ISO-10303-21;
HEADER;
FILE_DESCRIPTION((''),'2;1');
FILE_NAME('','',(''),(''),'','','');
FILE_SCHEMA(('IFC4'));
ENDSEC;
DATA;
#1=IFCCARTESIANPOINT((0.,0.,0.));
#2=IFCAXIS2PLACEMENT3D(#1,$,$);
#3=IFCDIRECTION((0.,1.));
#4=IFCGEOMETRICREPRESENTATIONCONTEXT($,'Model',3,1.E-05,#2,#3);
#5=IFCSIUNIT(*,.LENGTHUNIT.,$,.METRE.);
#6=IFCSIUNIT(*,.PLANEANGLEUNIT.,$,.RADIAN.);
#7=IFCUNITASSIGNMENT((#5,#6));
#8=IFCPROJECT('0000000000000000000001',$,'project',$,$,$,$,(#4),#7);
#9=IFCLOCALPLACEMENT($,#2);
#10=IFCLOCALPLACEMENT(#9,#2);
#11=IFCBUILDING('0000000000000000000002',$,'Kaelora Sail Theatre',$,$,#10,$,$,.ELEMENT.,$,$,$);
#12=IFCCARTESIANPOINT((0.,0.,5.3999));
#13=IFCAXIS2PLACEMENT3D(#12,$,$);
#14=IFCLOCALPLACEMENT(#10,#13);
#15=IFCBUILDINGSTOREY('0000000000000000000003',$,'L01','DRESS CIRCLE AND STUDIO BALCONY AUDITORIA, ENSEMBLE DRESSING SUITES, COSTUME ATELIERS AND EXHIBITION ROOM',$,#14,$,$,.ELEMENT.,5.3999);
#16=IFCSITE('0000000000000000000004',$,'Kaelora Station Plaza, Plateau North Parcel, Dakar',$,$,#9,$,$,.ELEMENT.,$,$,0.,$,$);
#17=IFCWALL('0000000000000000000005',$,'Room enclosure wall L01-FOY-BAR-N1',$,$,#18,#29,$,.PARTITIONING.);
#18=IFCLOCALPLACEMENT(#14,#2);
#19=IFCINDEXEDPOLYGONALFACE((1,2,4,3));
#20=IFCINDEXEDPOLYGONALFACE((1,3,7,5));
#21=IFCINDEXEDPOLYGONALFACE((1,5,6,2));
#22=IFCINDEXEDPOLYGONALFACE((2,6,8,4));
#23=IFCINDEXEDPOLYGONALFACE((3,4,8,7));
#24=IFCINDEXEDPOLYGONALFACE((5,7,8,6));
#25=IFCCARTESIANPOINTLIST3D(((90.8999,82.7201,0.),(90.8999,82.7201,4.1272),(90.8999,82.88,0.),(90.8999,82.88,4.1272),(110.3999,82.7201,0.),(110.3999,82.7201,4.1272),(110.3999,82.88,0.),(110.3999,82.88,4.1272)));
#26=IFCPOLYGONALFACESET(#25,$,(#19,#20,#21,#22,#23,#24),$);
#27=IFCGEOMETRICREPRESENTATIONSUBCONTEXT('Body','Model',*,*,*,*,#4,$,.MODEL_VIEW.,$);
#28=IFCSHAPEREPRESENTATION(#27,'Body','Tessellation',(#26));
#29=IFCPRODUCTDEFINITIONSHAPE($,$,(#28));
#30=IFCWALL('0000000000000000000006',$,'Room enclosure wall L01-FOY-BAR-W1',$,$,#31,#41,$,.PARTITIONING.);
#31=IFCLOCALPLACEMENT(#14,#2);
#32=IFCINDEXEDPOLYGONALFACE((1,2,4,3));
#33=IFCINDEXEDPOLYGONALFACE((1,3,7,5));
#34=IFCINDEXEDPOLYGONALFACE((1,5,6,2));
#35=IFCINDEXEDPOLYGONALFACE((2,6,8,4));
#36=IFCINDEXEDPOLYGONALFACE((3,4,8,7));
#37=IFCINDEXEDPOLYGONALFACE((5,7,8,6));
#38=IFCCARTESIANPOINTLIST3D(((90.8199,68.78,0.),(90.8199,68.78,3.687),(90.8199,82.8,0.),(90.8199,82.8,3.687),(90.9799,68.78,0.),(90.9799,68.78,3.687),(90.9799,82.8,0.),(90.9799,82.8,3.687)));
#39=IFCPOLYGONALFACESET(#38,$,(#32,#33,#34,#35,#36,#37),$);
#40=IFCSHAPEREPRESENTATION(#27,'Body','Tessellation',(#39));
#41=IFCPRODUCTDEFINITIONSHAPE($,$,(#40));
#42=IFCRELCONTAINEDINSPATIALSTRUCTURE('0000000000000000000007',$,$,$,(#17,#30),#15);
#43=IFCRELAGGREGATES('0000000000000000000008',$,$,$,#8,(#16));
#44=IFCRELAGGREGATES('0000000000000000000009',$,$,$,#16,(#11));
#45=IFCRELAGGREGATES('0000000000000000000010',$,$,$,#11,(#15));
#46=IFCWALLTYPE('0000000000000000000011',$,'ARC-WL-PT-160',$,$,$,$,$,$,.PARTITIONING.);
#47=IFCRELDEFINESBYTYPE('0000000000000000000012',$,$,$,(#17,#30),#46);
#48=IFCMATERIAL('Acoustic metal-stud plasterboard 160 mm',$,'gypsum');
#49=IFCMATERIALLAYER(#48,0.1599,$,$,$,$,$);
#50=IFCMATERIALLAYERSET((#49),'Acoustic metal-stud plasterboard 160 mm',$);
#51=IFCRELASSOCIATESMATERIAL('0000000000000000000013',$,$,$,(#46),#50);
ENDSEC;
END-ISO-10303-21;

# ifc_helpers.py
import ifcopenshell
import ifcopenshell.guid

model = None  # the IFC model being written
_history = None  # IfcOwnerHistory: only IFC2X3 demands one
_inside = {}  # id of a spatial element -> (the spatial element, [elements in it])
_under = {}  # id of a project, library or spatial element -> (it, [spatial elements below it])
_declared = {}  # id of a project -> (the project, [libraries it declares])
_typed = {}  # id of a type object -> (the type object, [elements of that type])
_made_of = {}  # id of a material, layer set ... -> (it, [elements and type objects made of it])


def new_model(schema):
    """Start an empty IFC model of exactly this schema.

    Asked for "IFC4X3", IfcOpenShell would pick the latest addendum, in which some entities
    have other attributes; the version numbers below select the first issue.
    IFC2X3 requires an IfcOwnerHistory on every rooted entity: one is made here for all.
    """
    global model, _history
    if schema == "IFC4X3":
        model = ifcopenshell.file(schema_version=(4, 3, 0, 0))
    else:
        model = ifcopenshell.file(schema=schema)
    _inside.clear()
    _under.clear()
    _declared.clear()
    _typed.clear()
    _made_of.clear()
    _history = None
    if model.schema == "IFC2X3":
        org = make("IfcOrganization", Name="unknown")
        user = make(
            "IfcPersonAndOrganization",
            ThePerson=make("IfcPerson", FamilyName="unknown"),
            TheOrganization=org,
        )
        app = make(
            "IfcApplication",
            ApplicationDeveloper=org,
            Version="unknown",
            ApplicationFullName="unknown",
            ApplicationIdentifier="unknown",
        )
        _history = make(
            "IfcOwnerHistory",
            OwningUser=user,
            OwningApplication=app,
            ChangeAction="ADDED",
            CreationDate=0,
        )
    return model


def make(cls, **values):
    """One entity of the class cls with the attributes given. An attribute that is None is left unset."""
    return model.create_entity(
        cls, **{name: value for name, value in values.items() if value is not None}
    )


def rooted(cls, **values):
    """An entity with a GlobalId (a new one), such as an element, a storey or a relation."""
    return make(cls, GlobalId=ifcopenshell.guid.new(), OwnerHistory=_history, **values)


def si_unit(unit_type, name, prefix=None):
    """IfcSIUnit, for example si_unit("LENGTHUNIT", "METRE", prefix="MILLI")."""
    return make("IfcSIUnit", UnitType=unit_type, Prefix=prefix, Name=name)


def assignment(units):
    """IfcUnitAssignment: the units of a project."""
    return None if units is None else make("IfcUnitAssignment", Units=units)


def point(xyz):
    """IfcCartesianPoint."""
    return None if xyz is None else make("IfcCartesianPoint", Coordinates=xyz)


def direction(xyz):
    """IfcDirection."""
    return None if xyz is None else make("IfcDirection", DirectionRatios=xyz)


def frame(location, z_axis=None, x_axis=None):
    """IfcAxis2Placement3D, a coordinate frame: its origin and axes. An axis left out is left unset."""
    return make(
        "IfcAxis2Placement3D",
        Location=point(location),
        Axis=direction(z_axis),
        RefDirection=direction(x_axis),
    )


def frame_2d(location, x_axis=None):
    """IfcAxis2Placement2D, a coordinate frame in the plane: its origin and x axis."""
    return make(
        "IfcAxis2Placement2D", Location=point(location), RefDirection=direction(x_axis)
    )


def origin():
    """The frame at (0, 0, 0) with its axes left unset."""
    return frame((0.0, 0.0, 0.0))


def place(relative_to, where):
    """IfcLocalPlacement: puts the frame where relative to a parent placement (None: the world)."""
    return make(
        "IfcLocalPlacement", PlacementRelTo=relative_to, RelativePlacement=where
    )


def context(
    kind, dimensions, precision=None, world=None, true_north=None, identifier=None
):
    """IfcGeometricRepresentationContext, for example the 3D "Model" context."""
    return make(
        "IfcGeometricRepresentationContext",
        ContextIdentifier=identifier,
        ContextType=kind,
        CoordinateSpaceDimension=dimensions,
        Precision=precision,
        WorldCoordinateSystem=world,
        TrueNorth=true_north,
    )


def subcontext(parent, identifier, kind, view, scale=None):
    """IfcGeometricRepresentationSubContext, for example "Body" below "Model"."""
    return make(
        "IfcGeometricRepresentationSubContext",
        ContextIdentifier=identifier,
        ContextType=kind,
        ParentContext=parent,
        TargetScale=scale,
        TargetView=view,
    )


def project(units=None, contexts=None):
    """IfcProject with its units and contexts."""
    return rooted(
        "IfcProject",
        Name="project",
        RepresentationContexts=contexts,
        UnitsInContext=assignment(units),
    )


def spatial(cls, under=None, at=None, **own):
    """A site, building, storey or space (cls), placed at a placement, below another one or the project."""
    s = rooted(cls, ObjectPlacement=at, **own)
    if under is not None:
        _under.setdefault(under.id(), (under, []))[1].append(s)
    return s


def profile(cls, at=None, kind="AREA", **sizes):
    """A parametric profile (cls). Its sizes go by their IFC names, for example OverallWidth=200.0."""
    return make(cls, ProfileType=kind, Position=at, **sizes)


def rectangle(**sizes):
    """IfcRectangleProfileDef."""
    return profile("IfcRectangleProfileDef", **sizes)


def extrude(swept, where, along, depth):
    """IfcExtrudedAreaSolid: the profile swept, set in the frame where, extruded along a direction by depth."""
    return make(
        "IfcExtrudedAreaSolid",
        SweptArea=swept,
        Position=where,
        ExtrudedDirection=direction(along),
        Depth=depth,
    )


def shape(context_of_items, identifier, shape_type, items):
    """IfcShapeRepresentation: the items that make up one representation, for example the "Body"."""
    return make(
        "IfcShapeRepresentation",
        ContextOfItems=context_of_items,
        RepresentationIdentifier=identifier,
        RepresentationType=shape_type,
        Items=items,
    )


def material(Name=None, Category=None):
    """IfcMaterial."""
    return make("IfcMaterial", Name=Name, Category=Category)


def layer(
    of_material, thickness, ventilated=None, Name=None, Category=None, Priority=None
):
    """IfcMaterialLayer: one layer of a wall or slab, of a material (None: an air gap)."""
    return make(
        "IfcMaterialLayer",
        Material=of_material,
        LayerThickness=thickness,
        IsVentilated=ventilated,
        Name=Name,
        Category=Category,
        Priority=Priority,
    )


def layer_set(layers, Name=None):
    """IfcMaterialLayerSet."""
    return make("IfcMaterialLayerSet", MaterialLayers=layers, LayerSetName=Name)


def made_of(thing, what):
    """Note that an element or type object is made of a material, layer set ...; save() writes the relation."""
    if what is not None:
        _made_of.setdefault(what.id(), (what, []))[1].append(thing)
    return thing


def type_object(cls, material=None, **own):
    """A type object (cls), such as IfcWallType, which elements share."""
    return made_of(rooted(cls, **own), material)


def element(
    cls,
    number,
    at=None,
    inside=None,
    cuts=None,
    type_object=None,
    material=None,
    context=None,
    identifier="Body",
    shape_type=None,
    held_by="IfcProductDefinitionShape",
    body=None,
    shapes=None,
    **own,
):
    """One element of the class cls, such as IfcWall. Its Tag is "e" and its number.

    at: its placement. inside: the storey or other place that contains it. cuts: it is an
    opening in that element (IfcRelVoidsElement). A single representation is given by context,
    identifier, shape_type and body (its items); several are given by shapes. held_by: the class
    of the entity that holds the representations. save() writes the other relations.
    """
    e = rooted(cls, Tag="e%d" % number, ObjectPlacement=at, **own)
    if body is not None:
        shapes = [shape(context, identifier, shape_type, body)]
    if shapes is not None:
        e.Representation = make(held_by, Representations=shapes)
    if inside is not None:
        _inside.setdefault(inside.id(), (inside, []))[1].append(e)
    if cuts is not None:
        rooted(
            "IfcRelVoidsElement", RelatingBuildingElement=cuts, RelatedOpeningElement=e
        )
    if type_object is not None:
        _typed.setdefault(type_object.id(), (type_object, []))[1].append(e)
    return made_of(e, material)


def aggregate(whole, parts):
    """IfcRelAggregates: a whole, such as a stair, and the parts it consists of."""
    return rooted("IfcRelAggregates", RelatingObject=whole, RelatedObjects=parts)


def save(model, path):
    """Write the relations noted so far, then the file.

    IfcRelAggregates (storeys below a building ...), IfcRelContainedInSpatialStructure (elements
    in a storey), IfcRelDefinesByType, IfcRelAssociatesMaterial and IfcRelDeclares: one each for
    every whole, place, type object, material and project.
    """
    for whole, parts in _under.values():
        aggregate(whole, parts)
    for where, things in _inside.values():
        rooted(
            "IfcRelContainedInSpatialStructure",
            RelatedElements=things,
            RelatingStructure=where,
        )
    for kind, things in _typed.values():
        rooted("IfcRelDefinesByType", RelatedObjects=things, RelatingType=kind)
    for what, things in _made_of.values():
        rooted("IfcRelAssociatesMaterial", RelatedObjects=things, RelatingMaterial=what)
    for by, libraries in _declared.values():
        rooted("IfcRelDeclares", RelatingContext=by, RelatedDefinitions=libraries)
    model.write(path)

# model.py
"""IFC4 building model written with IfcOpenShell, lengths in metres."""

from ifc_helpers import new_model, si_unit, direction, frame, frame_2d, origin, place, context, subcontext, project, spatial, rectangle, extrude, material, layer, layer_set, type_object, element, save


model = new_model("IFC4")

# Units and contexts
model_context = context("Model", 3, precision=1e-05, world=origin(), true_north=direction((0.0, 1.0)))
body_context = subcontext(model_context, "Body", "Model", "MODEL_VIEW")
ifc_project = project(units=[si_unit("LENGTHUNIT", "METRE"), si_unit("PLANEANGLEUNIT", "RADIAN")], contexts=[model_context])

# Site, building, storey
site_placement = place(None, origin())
site = spatial("IfcSite", under=ifc_project, at=site_placement, Name="Kaelora Station Plaza, Plateau North Parcel, Dakar", CompositionType="ELEMENT", RefElevation=0.0)
building_placement = place(site_placement, origin())
building = spatial("IfcBuilding", under=site, at=building_placement, Name="Kaelora Sail Theatre", CompositionType="ELEMENT")
storey_placement = place(building_placement, frame((0.0, 0.0, 5.3999)))
storey = spatial("IfcBuildingStorey", under=building, at=storey_placement, Name="L01", Description="DRESS CIRCLE AND STUDIO BALCONY AUDITORIA, ENSEMBLE DRESSING SUITES, COSTUME ATELIERS AND EXHIBITION ROOM", CompositionType="ELEMENT", Elevation=5.3999)

# Walls
ifc_material_1 = material(Name="Acoustic metal-stud plasterboard 160 mm", Category="gypsum")
ifc_layer = layer(ifc_material_1, 0.1599)
ifc_layer_set = layer_set([ifc_layer], Name="Acoustic metal-stud plasterboard 160 mm")
wall_type = type_object("IfcWallType", Name="ARC-WL-PT-160", PredefinedType="PARTITIONING", material=ifc_layer_set)
wall_1_placement = place(storey_placement, frame((90.8999, 82.8, 0.0), z_axis=(0.0, 0.0, 1.0), x_axis=(1.0, 0.0, 0.0)))
element("IfcWall", 1, at=wall_1_placement, inside=storey, type_object=wall_type, Name="Room enclosure wall L01-FOY-BAR-N1", PredefinedType="PARTITIONING", context=body_context, shape_type="SweptSolid", body=[
    extrude(rectangle(XDim=19.5, YDim=0.1599, at=frame_2d((9.75, 0.0))), origin(), (0.0, 0.0, 1.0), 4.1272),
])
wall_2_placement = place(storey_placement, frame((90.8999, 68.78, 0.0), z_axis=(0.0, 0.0, 1.0), x_axis=(0.0, 1.0, 0.0)))
element("IfcWall", 2, at=wall_2_placement, inside=storey, type_object=wall_type, Name="Room enclosure wall L01-FOY-BAR-W1", PredefinedType="PARTITIONING", context=body_context, shape_type="SweptSolid", body=[
    extrude(rectangle(XDim=14.02, YDim=0.1599, at=frame_2d((7.01, 0.0))), origin(), (0.0, 0.0, 1.0), 3.687),
])

save(model, "model.ifc")
